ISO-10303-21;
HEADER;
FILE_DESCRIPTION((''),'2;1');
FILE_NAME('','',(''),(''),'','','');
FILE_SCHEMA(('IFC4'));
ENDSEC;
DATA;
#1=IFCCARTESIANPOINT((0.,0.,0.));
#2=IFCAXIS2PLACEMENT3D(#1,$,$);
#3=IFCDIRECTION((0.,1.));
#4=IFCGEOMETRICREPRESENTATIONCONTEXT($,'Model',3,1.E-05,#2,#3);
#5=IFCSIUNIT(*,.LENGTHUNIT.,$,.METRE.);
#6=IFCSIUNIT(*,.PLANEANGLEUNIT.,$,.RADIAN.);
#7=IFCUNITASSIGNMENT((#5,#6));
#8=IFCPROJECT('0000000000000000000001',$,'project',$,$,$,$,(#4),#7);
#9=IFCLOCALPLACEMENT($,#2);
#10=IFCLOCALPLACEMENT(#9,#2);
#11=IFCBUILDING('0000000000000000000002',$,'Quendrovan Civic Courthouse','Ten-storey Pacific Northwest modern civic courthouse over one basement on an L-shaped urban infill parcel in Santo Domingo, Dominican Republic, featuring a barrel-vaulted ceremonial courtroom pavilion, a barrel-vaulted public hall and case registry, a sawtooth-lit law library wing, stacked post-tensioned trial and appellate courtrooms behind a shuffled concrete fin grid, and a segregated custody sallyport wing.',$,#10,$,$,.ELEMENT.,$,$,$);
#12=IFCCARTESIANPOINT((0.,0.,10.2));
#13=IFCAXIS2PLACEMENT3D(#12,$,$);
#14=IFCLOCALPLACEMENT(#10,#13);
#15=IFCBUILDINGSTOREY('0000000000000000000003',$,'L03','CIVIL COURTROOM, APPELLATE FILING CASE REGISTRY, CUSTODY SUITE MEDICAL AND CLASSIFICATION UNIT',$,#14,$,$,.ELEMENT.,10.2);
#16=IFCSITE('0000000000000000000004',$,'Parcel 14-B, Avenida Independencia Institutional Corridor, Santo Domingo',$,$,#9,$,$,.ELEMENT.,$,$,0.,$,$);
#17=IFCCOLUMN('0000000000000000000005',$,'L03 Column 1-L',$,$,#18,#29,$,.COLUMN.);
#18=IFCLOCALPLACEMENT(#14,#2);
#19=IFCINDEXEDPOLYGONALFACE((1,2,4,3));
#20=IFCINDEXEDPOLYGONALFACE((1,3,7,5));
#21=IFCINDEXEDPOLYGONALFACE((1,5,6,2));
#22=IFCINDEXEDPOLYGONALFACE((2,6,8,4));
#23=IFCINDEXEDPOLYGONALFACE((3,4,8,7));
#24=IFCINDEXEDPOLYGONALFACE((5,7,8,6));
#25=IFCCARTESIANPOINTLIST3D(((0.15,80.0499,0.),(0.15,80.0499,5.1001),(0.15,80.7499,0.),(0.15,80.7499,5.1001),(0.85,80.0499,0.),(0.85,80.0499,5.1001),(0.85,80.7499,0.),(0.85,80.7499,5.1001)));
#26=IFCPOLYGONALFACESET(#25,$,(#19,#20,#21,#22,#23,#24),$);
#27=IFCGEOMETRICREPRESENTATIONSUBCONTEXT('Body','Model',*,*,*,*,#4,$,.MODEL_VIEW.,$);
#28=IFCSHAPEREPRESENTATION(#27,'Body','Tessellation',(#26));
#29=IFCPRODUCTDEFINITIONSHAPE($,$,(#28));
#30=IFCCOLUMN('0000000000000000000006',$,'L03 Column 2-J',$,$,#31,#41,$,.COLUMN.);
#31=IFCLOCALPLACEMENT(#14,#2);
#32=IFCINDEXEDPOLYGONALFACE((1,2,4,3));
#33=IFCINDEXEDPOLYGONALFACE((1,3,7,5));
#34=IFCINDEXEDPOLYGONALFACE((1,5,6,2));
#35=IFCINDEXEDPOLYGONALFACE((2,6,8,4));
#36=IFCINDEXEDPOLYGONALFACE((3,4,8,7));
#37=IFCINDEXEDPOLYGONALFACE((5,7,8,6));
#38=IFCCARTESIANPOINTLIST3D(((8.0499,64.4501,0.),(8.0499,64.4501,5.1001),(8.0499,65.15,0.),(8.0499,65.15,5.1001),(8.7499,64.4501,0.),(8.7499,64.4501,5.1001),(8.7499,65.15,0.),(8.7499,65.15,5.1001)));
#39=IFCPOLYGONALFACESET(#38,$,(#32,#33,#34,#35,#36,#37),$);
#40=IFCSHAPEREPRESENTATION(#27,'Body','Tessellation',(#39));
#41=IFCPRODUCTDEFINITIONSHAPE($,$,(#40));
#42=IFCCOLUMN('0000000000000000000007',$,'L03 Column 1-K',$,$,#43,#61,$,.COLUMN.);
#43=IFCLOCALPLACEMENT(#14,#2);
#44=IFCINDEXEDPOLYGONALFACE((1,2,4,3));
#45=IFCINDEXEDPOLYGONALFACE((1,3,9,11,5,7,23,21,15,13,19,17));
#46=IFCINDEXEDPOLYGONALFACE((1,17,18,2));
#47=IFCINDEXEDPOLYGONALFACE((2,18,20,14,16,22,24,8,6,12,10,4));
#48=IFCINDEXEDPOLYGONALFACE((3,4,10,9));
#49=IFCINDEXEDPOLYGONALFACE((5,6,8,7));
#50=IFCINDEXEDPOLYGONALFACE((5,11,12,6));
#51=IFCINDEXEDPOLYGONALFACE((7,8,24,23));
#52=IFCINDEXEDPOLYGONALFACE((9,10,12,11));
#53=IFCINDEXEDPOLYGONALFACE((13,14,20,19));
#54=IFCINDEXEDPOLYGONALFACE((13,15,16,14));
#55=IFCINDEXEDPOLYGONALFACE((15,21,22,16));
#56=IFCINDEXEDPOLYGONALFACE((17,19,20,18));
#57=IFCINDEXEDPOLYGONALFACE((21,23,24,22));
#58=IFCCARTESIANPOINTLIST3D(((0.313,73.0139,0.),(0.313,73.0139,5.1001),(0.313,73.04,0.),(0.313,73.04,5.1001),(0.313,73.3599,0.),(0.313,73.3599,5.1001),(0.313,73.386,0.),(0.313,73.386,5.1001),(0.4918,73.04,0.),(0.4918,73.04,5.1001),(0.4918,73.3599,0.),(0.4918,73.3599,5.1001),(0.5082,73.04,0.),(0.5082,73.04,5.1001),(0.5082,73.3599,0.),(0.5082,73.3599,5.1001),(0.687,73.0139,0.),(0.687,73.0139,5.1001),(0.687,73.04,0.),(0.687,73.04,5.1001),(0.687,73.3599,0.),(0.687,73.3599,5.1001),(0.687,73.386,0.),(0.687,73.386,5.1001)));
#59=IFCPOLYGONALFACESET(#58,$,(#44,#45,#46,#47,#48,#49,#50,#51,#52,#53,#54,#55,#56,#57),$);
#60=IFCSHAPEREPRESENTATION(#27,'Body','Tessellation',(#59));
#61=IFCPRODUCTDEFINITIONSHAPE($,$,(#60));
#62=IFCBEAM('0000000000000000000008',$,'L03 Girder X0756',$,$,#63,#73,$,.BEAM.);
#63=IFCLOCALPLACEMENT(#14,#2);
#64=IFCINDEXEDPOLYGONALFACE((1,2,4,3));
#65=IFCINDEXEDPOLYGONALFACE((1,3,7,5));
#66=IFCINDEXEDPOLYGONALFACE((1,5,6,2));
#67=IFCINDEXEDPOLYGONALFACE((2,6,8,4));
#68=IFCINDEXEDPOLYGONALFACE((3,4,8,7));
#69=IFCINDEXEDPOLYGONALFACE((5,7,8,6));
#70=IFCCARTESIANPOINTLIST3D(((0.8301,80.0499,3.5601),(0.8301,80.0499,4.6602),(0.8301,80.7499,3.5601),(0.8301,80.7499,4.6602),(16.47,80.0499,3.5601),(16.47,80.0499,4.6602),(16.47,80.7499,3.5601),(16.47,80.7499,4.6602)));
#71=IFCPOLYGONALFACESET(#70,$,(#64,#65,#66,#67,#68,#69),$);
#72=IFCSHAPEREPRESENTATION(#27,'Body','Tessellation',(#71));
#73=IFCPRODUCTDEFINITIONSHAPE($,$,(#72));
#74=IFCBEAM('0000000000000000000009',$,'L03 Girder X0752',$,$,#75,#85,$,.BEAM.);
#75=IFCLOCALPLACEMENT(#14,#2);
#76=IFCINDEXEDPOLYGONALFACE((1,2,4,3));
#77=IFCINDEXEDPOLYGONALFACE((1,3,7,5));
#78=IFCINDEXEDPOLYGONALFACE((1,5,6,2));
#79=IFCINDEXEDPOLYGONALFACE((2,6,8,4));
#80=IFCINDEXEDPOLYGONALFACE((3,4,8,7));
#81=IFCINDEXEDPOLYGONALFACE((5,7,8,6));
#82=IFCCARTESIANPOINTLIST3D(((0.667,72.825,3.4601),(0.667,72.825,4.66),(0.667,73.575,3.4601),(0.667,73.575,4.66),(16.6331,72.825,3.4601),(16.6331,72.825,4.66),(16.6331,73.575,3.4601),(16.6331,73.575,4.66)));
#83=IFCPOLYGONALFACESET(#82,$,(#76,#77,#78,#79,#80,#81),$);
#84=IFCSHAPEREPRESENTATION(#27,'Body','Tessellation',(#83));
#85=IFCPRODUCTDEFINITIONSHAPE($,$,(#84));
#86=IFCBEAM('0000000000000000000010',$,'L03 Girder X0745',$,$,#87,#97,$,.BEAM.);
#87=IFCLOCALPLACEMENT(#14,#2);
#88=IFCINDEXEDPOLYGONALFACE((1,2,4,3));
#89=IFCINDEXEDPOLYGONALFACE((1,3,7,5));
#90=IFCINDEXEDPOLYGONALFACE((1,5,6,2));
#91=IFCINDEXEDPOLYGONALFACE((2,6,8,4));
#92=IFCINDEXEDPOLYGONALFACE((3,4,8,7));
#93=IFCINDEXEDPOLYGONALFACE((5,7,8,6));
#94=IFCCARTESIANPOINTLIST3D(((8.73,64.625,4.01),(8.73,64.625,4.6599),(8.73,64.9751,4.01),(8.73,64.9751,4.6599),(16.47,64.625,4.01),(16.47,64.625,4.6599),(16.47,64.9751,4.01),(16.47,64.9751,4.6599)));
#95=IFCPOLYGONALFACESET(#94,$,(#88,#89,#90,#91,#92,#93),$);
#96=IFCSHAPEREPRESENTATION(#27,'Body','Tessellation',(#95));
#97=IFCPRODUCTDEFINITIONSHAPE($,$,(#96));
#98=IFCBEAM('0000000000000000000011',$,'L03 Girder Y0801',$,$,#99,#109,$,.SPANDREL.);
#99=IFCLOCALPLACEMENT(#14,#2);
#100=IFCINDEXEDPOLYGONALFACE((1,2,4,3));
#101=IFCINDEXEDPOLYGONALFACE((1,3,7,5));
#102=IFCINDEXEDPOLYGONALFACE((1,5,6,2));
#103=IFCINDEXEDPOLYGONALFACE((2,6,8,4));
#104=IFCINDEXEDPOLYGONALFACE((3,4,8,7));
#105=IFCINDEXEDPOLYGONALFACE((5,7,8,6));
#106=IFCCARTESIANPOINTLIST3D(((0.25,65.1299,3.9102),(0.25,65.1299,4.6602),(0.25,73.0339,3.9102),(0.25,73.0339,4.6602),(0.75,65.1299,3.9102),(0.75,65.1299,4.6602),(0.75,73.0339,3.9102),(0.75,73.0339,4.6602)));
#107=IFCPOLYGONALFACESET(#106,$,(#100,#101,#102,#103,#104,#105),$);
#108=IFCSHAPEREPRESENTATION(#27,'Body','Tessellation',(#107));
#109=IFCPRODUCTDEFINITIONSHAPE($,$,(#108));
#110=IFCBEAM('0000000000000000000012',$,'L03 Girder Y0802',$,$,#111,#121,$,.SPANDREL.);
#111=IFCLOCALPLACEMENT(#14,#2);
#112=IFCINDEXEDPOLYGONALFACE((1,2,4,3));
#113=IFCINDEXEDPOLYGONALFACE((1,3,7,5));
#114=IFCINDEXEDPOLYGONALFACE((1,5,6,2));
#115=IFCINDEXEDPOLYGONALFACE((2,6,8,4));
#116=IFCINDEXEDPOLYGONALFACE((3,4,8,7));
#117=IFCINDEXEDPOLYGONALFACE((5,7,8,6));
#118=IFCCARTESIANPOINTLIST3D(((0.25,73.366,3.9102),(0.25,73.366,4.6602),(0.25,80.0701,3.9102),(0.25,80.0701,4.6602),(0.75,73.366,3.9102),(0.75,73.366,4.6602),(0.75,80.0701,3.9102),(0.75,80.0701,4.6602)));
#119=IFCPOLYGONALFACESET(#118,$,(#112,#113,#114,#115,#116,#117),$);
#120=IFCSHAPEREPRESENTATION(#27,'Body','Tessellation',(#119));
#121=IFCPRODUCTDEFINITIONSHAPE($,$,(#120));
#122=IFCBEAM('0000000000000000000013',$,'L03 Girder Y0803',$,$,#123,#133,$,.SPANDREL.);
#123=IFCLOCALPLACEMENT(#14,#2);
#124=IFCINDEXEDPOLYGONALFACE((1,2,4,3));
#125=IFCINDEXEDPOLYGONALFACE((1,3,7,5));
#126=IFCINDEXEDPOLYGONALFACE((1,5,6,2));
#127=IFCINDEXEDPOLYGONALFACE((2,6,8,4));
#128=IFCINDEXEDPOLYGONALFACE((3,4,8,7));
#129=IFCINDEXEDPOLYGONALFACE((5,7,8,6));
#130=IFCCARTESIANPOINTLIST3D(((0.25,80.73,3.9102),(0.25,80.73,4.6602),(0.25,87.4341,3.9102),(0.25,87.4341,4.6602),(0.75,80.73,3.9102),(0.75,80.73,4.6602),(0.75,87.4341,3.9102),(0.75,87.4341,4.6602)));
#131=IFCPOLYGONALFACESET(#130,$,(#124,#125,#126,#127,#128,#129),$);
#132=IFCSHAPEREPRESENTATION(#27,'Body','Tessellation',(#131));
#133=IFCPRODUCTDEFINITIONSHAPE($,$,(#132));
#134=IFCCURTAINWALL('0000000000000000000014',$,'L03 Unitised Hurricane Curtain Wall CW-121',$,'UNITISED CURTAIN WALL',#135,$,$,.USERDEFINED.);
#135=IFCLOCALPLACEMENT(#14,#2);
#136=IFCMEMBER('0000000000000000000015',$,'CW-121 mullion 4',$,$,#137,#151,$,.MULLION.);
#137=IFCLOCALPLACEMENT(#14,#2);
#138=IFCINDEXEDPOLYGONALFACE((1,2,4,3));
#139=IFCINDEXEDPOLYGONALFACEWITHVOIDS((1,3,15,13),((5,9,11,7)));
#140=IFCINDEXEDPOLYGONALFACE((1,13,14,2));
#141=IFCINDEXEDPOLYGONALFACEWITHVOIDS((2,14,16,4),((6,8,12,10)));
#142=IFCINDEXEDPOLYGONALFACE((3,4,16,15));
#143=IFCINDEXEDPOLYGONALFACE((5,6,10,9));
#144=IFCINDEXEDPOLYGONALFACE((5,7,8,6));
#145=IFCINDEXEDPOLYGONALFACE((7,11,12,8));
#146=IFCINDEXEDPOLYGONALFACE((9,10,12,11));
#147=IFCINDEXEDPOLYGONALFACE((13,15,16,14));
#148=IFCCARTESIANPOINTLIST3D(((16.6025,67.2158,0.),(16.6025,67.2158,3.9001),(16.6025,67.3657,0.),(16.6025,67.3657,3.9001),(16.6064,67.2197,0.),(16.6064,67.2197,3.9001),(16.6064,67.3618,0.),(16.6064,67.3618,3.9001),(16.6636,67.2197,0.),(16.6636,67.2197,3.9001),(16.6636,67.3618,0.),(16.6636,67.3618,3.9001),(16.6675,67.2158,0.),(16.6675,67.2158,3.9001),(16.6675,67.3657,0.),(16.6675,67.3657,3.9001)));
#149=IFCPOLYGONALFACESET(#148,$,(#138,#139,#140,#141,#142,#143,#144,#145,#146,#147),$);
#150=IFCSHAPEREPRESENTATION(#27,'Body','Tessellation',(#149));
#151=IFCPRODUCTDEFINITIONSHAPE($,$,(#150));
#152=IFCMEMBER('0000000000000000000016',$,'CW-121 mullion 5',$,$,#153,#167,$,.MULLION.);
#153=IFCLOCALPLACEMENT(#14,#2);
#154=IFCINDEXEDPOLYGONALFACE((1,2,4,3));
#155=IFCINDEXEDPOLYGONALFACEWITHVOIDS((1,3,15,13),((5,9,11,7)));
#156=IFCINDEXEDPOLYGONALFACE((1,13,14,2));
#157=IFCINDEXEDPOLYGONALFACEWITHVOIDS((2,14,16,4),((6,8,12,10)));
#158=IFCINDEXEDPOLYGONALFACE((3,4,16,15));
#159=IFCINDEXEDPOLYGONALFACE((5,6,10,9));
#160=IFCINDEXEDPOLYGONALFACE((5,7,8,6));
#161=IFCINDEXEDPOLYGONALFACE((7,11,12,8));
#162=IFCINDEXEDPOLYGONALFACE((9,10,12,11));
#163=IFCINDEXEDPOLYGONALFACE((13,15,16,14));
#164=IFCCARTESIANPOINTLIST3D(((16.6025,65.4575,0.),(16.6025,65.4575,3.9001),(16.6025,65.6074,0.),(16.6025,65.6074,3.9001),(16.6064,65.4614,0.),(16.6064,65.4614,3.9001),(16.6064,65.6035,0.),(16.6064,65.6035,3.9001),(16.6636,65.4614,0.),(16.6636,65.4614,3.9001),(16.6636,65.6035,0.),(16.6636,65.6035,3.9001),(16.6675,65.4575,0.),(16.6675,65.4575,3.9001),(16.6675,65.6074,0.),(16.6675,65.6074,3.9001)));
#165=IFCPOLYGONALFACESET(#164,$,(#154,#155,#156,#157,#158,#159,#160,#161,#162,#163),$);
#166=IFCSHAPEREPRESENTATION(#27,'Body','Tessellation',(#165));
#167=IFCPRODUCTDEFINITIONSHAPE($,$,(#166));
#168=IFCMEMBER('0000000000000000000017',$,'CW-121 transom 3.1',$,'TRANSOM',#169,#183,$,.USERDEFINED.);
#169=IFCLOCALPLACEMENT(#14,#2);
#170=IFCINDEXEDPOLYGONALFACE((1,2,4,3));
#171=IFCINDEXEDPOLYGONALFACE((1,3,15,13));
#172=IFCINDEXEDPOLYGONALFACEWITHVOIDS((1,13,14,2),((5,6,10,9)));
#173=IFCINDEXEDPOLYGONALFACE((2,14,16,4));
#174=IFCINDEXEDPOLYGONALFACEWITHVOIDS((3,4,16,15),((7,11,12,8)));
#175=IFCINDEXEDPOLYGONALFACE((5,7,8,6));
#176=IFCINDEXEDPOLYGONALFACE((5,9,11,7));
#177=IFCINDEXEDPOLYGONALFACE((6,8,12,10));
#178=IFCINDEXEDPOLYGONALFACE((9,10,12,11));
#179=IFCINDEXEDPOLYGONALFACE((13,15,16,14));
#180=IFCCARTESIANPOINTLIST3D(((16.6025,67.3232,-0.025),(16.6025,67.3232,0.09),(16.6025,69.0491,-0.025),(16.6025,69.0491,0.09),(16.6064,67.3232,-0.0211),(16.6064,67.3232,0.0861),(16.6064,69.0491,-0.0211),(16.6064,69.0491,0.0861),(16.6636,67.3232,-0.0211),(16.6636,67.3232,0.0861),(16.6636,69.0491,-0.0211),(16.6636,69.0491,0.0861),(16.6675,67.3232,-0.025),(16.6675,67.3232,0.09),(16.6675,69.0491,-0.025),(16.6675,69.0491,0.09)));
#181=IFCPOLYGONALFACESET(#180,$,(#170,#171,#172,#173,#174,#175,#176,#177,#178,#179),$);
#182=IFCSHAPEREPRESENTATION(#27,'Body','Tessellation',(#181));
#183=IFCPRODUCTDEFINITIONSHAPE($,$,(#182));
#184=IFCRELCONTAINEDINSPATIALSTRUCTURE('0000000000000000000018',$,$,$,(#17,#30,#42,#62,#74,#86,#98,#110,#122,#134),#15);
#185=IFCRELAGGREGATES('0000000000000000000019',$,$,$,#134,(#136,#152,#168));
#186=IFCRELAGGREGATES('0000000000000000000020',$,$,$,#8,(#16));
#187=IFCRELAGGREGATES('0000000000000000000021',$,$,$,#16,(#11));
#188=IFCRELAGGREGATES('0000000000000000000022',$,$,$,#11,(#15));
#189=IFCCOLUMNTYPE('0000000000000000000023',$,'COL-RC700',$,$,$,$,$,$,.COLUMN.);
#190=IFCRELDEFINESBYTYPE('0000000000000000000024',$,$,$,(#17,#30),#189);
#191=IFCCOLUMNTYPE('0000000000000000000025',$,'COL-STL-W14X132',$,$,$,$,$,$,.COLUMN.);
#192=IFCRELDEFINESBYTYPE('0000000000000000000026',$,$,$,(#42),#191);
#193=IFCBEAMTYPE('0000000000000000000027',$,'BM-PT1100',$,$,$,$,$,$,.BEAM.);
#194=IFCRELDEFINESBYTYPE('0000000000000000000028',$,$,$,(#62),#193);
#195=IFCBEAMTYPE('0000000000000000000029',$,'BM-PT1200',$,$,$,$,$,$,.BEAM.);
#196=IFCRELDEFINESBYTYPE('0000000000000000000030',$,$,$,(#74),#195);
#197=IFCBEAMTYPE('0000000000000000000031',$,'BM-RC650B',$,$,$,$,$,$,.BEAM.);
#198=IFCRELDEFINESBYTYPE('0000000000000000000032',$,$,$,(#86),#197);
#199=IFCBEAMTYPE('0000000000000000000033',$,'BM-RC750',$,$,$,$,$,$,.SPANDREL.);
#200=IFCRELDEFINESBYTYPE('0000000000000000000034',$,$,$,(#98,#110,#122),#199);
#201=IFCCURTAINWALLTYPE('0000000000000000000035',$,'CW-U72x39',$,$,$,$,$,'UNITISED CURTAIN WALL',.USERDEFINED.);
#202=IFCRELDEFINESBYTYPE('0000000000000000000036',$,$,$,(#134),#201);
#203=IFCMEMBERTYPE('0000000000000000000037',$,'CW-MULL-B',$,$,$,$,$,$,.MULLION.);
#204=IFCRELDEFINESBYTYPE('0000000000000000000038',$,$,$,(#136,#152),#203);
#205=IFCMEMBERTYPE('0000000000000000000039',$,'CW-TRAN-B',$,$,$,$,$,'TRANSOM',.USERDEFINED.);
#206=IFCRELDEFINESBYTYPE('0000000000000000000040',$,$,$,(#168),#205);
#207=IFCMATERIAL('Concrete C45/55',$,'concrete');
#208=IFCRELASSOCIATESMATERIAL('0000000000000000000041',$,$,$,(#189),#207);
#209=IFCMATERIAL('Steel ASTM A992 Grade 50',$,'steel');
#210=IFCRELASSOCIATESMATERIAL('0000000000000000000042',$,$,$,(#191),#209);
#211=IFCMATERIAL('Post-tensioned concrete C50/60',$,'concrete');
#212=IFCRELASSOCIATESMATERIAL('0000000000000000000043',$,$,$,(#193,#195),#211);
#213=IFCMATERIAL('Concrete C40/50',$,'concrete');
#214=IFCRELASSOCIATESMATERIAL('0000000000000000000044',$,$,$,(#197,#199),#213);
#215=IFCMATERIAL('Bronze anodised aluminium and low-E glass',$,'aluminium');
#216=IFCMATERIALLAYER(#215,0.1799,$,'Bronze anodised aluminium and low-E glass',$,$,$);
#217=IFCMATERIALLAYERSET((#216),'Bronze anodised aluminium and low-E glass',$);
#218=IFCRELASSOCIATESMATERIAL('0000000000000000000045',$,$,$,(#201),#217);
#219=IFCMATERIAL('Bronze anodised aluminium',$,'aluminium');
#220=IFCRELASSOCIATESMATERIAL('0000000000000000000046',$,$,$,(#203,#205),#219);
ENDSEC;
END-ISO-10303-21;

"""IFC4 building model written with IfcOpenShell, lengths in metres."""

from ifc_helpers import new_model, si_unit, direction, frame, origin, origin_2d, place, context, subcontext, project, spatial, rectangle, hollow_rectangle, i_section, extrude, material, layer, layer_set, material_profile, profile_set, type_object, element, aggregate, save


model = new_model("IFC4")

# Units and contexts
model_context = context("Model", 3, precision=1e-05, world=origin(), true_north=direction((0.0, 1.0)))
body_context = subcontext(model_context, "Body", "Model", "MODEL_VIEW")
ifc_project = project(units=[si_unit("LENGTHUNIT", "METRE"), si_unit("PLANEANGLEUNIT", "RADIAN")], contexts=[model_context])

# Site, building, storey
site_placement = place(None, origin())
site = spatial("IfcSite", under=ifc_project, at=site_placement, Name="Parcel 14-B, Avenida Independencia Institutional Corridor, Santo Domingo", CompositionType="ELEMENT", RefElevation=0.0)
building_placement = place(site_placement, origin())
building = spatial("IfcBuilding", under=site, at=building_placement, Name="Quendrovan Civic Courthouse", Description="Ten-storey Pacific Northwest modern civic courthouse over one basement on an L-shaped urban infill parcel in Santo Domingo, Dominican Republic, featuring a barrel-vaulted ceremonial courtroom pavilion, a barrel-vaulted public hall and case registry, a sawtooth-lit law library wing, stacked post-tensioned trial and appellate courtrooms behind a shuffled concrete fin grid, and a segregated custody sallyport wing.", CompositionType="ELEMENT")
storey_placement = place(building_placement, frame((0.0, 0.0, 10.2)))
storey = spatial("IfcBuildingStorey", under=building, at=storey_placement, Name="L03", Description="CIVIL COURTROOM, APPELLATE FILING CASE REGISTRY, CUSTODY SUITE MEDICAL AND CLASSIFICATION UNIT", CompositionType="ELEMENT", Elevation=10.2)

# Columns
ifc_material_1 = material(Name="Concrete C45/55", Category="concrete")
ifc_material_profile_1 = material_profile(ifc_material_1, rectangle(XDim=0.7, YDim=0.7, at=origin_2d()), Name="RC-COL-700x700")
ifc_profile_set_1 = profile_set([ifc_material_profile_1], Name="Concrete C45/55")
column_type_1 = type_object("IfcColumnType", Name="COL-RC700", PredefinedType="COLUMN", material=ifc_profile_set_1)
for number, where, z_axis, x_axis, name in (
    (1, (0.5, 80.3999, 0.0), (0.0, 0.0, 1.0), (1.0, 0.0, 0.0), "L03 Column 1-L"),
    (2, (8.3999, 64.8, 0.0), (0.0, 0.0, 1.0), (1.0, 0.0, 0.0), "L03 Column 2-J"),
):
    element("IfcColumn", number, at=place(storey_placement, frame(where, z_axis=z_axis, x_axis=x_axis)), inside=storey, type_object=column_type_1, Name=name, PredefinedType="COLUMN", context=body_context, shape_type="SweptSolid", body=[
        extrude(rectangle(XDim=0.7, YDim=0.7, at=origin_2d()), origin(), (0.0, 0.0, 1.0), 5.1001),
    ])
ifc_material_2 = material(Name="Steel ASTM A992 Grade 50", Category="steel")
ifc_material_profile_2 = material_profile(ifc_material_2, i_section(OverallWidth=0.374, OverallDepth=0.3721, WebThickness=0.0164, FlangeThickness=0.0261, at=origin_2d()), Name="W14X132")
ifc_profile_set_2 = profile_set([ifc_material_profile_2], Name="Steel ASTM A992 Grade 50")
column_type_2 = type_object("IfcColumnType", Name="COL-STL-W14X132", PredefinedType="COLUMN", material=ifc_profile_set_2)
column_placement = place(storey_placement, frame((0.5, 73.2, 0.0), z_axis=(0.0, 0.0, 1.0), x_axis=(1.0, 0.0, 0.0)))
element("IfcColumn", 3, at=column_placement, inside=storey, type_object=column_type_2, Name="L03 Column 1-K", PredefinedType="COLUMN", context=body_context, shape_type="SweptSolid", body=[
    extrude(i_section(OverallWidth=0.374, OverallDepth=0.3721, WebThickness=0.0164, FlangeThickness=0.0261, at=origin_2d()), origin(), (0.0, 0.0, 1.0), 5.1001),
])

# Beams
ifc_material_3 = material(Name="Post-tensioned concrete C50/60", Category="concrete")
ifc_material_profile_3 = material_profile(ifc_material_3, rectangle(XDim=0.7, YDim=1.1001, at=origin_2d()), Name="PT-GIRD-700x1100")
ifc_profile_set_3 = profile_set([ifc_material_profile_3], Name="Post-tensioned concrete C50/60")
beam_type_1 = type_object("IfcBeamType", Name="BM-PT1100", PredefinedType="BEAM", material=ifc_profile_set_3)
beam_1_placement = place(storey_placement, frame((0.8301, 80.3999, 4.1101), z_axis=(1.0, 0.0, 0.0), x_axis=(0.0, 1.0, 0.0)))
element("IfcBeam", 4, at=beam_1_placement, inside=storey, type_object=beam_type_1, Name="L03 Girder X0756", PredefinedType="BEAM", context=body_context, shape_type="SweptSolid", body=[
    extrude(rectangle(XDim=0.7, YDim=1.1001, at=origin_2d()), origin(), (0.0, 0.0, 1.0), 15.6399),
])
ifc_material_profile_4 = material_profile(ifc_material_3, rectangle(XDim=0.75, YDim=1.2, at=origin_2d()), Name="PT-GIRD-750x1200")
ifc_profile_set_4 = profile_set([ifc_material_profile_4], Name="Post-tensioned concrete C50/60")
beam_type_2 = type_object("IfcBeamType", Name="BM-PT1200", PredefinedType="BEAM", material=ifc_profile_set_4)
beam_2_placement = place(storey_placement, frame((0.667, 73.2, 4.0601), z_axis=(1.0, 0.0, 0.0), x_axis=(0.0, 1.0, 0.0)))
element("IfcBeam", 5, at=beam_2_placement, inside=storey, type_object=beam_type_2, Name="L03 Girder X0752", PredefinedType="BEAM", context=body_context, shape_type="SweptSolid", body=[
    extrude(rectangle(XDim=0.75, YDim=1.2, at=origin_2d()), origin(), (0.0, 0.0, 1.0), 15.9661),
])
ifc_material_4 = material(Name="Concrete C40/50", Category="concrete")
ifc_material_profile_5 = material_profile(ifc_material_4, rectangle(XDim=0.3501, YDim=0.6499, at=origin_2d()), Name="RC-BM-350x650")
ifc_profile_set_5 = profile_set([ifc_material_profile_5], Name="Concrete C40/50")
beam_type_3 = type_object("IfcBeamType", Name="BM-RC650B", PredefinedType="BEAM", material=ifc_profile_set_5)
beam_3_placement = place(storey_placement, frame((8.73, 64.8, 4.335), z_axis=(1.0, 0.0, 0.0), x_axis=(0.0, 1.0, 0.0)))
element("IfcBeam", 6, at=beam_3_placement, inside=storey, type_object=beam_type_3, Name="L03 Girder X0745", PredefinedType="BEAM", context=body_context, shape_type="SweptSolid", body=[
    extrude(rectangle(XDim=0.3501, YDim=0.6499, at=origin_2d()), origin(), (0.0, 0.0, 1.0), 7.74),
])
ifc_material_profile_6 = material_profile(ifc_material_4, rectangle(XDim=0.5, YDim=0.75, at=origin_2d()), Name="RC-BM-500x750")
ifc_profile_set_6 = profile_set([ifc_material_profile_6], Name="Concrete C40/50")
beam_type_4 = type_object("IfcBeamType", Name="BM-RC750", PredefinedType="SPANDREL", material=ifc_profile_set_6)
beam_4_placement = place(storey_placement, frame((0.5, 65.1299, 4.2852), z_axis=(0.0, 1.0, 0.0), x_axis=(-1.0, 0.0, 0.0)))
element("IfcBeam", 7, at=beam_4_placement, inside=storey, type_object=beam_type_4, Name="L03 Girder Y0801", PredefinedType="SPANDREL", context=body_context, shape_type="SweptSolid", body=[
    extrude(rectangle(XDim=0.5, YDim=0.75, at=origin_2d()), origin(), (0.0, 0.0, 1.0), 7.9041),
])
for number, where, z_axis, x_axis, name in (
    (8, (0.5, 73.366, 4.2852), (0.0, 1.0, 0.0), (-1.0, 0.0, 0.0), "L03 Girder Y0802"),
    (9, (0.5, 80.73, 4.2852), (0.0, 1.0, 0.0), (-1.0, 0.0, 0.0), "L03 Girder Y0803"),
):
    element("IfcBeam", number, at=place(storey_placement, frame(where, z_axis=z_axis, x_axis=x_axis)), inside=storey, type_object=beam_type_4, Name=name, PredefinedType="SPANDREL", context=body_context, shape_type="SweptSolid", body=[
        extrude(rectangle(XDim=0.5, YDim=0.75, at=origin_2d()), origin(), (0.0, 0.0, 1.0), 6.7041),
    ])

# Curtain wall, members
ifc_material_5 = material(Name="Bronze anodised aluminium and low-E glass", Category="aluminium")
ifc_layer_1 = layer(ifc_material_5, 0.1799, Name="Bronze anodised aluminium and low-E glass")
ifc_layer_set_1 = layer_set([ifc_layer_1], Name="Bronze anodised aluminium and low-E glass")
curtain_wall_type = type_object("IfcCurtainWallType", Name="CW-U72x39", ElementType="UNITISED CURTAIN WALL", PredefinedType="USERDEFINED", material=ifc_layer_set_1)
curtain_wall_placement = place(storey_placement, origin())
curtain_wall = element("IfcCurtainWall", 10, at=curtain_wall_placement, inside=storey, type_object=curtain_wall_type, Name="L03 Unitised Hurricane Curtain Wall CW-121", ObjectType="UNITISED CURTAIN WALL", PredefinedType="USERDEFINED")
ifc_material_6 = material(Name="Bronze anodised aluminium", Category="aluminium")
ifc_material_profile_7 = material_profile(ifc_material_6, hollow_rectangle(XDim=0.0649, YDim=0.1499, WallThickness=0.0039, at=origin_2d()), Name="CW-MULL-65x150")
ifc_profile_set_7 = profile_set([ifc_material_profile_7], Name="Bronze anodised aluminium")
member_type_1 = type_object("IfcMemberType", Name="CW-MULL-B", PredefinedType="MULLION", material=ifc_profile_set_7)
member_1_placement = place(storey_placement, frame((16.635, 67.2908, 0.0), z_axis=(0.0, 0.0, 1.0), x_axis=(1.0, 0.0, 0.0)))
member_1 = element("IfcMember", 11, at=member_1_placement, type_object=member_type_1, Name="CW-121 mullion 4", PredefinedType="MULLION", context=body_context, shape_type="SweptSolid", body=[
    extrude(hollow_rectangle(XDim=0.0649, YDim=0.1499, WallThickness=0.0039, at=origin_2d()), origin(), (0.0, 0.0, 1.0), 3.9001),
])
member_2_placement = place(storey_placement, frame((16.635, 65.5325, 0.0), z_axis=(0.0, 0.0, 1.0), x_axis=(1.0, 0.0, 0.0)))
member_2 = element("IfcMember", 12, at=member_2_placement, type_object=member_type_1, Name="CW-121 mullion 5", PredefinedType="MULLION", context=body_context, shape_type="SweptSolid", body=[
    extrude(hollow_rectangle(XDim=0.0649, YDim=0.1499, WallThickness=0.0039, at=origin_2d()), origin(), (0.0, 0.0, 1.0), 3.9001),
])
ifc_material_profile_8 = material_profile(ifc_material_6, hollow_rectangle(XDim=0.0649, YDim=0.115, WallThickness=0.0039, at=origin_2d()), Name="CW-TRAN-65x115")
ifc_profile_set_8 = profile_set([ifc_material_profile_8], Name="Bronze anodised aluminium")
member_type_2 = type_object("IfcMemberType", Name="CW-TRAN-B", ElementType="TRANSOM", PredefinedType="USERDEFINED", material=ifc_profile_set_8)
member_3_placement = place(storey_placement, frame((16.635, 69.0491, 0.0325), z_axis=(0.0, -1.0, 0.0), x_axis=(1.0, 0.0, 0.0)))
member_3 = element("IfcMember", 13, at=member_3_placement, type_object=member_type_2, Name="CW-121 transom 3.1", ObjectType="TRANSOM", PredefinedType="USERDEFINED", context=body_context, shape_type="SweptSolid", body=[
    extrude(hollow_rectangle(XDim=0.0649, YDim=0.115, WallThickness=0.0039, at=origin_2d()), origin(), (0.0, 0.0, 1.0), 1.7258),
])
aggregate(curtain_wall, [member_1, member_2, member_3])

save(model, "model.ifc")
